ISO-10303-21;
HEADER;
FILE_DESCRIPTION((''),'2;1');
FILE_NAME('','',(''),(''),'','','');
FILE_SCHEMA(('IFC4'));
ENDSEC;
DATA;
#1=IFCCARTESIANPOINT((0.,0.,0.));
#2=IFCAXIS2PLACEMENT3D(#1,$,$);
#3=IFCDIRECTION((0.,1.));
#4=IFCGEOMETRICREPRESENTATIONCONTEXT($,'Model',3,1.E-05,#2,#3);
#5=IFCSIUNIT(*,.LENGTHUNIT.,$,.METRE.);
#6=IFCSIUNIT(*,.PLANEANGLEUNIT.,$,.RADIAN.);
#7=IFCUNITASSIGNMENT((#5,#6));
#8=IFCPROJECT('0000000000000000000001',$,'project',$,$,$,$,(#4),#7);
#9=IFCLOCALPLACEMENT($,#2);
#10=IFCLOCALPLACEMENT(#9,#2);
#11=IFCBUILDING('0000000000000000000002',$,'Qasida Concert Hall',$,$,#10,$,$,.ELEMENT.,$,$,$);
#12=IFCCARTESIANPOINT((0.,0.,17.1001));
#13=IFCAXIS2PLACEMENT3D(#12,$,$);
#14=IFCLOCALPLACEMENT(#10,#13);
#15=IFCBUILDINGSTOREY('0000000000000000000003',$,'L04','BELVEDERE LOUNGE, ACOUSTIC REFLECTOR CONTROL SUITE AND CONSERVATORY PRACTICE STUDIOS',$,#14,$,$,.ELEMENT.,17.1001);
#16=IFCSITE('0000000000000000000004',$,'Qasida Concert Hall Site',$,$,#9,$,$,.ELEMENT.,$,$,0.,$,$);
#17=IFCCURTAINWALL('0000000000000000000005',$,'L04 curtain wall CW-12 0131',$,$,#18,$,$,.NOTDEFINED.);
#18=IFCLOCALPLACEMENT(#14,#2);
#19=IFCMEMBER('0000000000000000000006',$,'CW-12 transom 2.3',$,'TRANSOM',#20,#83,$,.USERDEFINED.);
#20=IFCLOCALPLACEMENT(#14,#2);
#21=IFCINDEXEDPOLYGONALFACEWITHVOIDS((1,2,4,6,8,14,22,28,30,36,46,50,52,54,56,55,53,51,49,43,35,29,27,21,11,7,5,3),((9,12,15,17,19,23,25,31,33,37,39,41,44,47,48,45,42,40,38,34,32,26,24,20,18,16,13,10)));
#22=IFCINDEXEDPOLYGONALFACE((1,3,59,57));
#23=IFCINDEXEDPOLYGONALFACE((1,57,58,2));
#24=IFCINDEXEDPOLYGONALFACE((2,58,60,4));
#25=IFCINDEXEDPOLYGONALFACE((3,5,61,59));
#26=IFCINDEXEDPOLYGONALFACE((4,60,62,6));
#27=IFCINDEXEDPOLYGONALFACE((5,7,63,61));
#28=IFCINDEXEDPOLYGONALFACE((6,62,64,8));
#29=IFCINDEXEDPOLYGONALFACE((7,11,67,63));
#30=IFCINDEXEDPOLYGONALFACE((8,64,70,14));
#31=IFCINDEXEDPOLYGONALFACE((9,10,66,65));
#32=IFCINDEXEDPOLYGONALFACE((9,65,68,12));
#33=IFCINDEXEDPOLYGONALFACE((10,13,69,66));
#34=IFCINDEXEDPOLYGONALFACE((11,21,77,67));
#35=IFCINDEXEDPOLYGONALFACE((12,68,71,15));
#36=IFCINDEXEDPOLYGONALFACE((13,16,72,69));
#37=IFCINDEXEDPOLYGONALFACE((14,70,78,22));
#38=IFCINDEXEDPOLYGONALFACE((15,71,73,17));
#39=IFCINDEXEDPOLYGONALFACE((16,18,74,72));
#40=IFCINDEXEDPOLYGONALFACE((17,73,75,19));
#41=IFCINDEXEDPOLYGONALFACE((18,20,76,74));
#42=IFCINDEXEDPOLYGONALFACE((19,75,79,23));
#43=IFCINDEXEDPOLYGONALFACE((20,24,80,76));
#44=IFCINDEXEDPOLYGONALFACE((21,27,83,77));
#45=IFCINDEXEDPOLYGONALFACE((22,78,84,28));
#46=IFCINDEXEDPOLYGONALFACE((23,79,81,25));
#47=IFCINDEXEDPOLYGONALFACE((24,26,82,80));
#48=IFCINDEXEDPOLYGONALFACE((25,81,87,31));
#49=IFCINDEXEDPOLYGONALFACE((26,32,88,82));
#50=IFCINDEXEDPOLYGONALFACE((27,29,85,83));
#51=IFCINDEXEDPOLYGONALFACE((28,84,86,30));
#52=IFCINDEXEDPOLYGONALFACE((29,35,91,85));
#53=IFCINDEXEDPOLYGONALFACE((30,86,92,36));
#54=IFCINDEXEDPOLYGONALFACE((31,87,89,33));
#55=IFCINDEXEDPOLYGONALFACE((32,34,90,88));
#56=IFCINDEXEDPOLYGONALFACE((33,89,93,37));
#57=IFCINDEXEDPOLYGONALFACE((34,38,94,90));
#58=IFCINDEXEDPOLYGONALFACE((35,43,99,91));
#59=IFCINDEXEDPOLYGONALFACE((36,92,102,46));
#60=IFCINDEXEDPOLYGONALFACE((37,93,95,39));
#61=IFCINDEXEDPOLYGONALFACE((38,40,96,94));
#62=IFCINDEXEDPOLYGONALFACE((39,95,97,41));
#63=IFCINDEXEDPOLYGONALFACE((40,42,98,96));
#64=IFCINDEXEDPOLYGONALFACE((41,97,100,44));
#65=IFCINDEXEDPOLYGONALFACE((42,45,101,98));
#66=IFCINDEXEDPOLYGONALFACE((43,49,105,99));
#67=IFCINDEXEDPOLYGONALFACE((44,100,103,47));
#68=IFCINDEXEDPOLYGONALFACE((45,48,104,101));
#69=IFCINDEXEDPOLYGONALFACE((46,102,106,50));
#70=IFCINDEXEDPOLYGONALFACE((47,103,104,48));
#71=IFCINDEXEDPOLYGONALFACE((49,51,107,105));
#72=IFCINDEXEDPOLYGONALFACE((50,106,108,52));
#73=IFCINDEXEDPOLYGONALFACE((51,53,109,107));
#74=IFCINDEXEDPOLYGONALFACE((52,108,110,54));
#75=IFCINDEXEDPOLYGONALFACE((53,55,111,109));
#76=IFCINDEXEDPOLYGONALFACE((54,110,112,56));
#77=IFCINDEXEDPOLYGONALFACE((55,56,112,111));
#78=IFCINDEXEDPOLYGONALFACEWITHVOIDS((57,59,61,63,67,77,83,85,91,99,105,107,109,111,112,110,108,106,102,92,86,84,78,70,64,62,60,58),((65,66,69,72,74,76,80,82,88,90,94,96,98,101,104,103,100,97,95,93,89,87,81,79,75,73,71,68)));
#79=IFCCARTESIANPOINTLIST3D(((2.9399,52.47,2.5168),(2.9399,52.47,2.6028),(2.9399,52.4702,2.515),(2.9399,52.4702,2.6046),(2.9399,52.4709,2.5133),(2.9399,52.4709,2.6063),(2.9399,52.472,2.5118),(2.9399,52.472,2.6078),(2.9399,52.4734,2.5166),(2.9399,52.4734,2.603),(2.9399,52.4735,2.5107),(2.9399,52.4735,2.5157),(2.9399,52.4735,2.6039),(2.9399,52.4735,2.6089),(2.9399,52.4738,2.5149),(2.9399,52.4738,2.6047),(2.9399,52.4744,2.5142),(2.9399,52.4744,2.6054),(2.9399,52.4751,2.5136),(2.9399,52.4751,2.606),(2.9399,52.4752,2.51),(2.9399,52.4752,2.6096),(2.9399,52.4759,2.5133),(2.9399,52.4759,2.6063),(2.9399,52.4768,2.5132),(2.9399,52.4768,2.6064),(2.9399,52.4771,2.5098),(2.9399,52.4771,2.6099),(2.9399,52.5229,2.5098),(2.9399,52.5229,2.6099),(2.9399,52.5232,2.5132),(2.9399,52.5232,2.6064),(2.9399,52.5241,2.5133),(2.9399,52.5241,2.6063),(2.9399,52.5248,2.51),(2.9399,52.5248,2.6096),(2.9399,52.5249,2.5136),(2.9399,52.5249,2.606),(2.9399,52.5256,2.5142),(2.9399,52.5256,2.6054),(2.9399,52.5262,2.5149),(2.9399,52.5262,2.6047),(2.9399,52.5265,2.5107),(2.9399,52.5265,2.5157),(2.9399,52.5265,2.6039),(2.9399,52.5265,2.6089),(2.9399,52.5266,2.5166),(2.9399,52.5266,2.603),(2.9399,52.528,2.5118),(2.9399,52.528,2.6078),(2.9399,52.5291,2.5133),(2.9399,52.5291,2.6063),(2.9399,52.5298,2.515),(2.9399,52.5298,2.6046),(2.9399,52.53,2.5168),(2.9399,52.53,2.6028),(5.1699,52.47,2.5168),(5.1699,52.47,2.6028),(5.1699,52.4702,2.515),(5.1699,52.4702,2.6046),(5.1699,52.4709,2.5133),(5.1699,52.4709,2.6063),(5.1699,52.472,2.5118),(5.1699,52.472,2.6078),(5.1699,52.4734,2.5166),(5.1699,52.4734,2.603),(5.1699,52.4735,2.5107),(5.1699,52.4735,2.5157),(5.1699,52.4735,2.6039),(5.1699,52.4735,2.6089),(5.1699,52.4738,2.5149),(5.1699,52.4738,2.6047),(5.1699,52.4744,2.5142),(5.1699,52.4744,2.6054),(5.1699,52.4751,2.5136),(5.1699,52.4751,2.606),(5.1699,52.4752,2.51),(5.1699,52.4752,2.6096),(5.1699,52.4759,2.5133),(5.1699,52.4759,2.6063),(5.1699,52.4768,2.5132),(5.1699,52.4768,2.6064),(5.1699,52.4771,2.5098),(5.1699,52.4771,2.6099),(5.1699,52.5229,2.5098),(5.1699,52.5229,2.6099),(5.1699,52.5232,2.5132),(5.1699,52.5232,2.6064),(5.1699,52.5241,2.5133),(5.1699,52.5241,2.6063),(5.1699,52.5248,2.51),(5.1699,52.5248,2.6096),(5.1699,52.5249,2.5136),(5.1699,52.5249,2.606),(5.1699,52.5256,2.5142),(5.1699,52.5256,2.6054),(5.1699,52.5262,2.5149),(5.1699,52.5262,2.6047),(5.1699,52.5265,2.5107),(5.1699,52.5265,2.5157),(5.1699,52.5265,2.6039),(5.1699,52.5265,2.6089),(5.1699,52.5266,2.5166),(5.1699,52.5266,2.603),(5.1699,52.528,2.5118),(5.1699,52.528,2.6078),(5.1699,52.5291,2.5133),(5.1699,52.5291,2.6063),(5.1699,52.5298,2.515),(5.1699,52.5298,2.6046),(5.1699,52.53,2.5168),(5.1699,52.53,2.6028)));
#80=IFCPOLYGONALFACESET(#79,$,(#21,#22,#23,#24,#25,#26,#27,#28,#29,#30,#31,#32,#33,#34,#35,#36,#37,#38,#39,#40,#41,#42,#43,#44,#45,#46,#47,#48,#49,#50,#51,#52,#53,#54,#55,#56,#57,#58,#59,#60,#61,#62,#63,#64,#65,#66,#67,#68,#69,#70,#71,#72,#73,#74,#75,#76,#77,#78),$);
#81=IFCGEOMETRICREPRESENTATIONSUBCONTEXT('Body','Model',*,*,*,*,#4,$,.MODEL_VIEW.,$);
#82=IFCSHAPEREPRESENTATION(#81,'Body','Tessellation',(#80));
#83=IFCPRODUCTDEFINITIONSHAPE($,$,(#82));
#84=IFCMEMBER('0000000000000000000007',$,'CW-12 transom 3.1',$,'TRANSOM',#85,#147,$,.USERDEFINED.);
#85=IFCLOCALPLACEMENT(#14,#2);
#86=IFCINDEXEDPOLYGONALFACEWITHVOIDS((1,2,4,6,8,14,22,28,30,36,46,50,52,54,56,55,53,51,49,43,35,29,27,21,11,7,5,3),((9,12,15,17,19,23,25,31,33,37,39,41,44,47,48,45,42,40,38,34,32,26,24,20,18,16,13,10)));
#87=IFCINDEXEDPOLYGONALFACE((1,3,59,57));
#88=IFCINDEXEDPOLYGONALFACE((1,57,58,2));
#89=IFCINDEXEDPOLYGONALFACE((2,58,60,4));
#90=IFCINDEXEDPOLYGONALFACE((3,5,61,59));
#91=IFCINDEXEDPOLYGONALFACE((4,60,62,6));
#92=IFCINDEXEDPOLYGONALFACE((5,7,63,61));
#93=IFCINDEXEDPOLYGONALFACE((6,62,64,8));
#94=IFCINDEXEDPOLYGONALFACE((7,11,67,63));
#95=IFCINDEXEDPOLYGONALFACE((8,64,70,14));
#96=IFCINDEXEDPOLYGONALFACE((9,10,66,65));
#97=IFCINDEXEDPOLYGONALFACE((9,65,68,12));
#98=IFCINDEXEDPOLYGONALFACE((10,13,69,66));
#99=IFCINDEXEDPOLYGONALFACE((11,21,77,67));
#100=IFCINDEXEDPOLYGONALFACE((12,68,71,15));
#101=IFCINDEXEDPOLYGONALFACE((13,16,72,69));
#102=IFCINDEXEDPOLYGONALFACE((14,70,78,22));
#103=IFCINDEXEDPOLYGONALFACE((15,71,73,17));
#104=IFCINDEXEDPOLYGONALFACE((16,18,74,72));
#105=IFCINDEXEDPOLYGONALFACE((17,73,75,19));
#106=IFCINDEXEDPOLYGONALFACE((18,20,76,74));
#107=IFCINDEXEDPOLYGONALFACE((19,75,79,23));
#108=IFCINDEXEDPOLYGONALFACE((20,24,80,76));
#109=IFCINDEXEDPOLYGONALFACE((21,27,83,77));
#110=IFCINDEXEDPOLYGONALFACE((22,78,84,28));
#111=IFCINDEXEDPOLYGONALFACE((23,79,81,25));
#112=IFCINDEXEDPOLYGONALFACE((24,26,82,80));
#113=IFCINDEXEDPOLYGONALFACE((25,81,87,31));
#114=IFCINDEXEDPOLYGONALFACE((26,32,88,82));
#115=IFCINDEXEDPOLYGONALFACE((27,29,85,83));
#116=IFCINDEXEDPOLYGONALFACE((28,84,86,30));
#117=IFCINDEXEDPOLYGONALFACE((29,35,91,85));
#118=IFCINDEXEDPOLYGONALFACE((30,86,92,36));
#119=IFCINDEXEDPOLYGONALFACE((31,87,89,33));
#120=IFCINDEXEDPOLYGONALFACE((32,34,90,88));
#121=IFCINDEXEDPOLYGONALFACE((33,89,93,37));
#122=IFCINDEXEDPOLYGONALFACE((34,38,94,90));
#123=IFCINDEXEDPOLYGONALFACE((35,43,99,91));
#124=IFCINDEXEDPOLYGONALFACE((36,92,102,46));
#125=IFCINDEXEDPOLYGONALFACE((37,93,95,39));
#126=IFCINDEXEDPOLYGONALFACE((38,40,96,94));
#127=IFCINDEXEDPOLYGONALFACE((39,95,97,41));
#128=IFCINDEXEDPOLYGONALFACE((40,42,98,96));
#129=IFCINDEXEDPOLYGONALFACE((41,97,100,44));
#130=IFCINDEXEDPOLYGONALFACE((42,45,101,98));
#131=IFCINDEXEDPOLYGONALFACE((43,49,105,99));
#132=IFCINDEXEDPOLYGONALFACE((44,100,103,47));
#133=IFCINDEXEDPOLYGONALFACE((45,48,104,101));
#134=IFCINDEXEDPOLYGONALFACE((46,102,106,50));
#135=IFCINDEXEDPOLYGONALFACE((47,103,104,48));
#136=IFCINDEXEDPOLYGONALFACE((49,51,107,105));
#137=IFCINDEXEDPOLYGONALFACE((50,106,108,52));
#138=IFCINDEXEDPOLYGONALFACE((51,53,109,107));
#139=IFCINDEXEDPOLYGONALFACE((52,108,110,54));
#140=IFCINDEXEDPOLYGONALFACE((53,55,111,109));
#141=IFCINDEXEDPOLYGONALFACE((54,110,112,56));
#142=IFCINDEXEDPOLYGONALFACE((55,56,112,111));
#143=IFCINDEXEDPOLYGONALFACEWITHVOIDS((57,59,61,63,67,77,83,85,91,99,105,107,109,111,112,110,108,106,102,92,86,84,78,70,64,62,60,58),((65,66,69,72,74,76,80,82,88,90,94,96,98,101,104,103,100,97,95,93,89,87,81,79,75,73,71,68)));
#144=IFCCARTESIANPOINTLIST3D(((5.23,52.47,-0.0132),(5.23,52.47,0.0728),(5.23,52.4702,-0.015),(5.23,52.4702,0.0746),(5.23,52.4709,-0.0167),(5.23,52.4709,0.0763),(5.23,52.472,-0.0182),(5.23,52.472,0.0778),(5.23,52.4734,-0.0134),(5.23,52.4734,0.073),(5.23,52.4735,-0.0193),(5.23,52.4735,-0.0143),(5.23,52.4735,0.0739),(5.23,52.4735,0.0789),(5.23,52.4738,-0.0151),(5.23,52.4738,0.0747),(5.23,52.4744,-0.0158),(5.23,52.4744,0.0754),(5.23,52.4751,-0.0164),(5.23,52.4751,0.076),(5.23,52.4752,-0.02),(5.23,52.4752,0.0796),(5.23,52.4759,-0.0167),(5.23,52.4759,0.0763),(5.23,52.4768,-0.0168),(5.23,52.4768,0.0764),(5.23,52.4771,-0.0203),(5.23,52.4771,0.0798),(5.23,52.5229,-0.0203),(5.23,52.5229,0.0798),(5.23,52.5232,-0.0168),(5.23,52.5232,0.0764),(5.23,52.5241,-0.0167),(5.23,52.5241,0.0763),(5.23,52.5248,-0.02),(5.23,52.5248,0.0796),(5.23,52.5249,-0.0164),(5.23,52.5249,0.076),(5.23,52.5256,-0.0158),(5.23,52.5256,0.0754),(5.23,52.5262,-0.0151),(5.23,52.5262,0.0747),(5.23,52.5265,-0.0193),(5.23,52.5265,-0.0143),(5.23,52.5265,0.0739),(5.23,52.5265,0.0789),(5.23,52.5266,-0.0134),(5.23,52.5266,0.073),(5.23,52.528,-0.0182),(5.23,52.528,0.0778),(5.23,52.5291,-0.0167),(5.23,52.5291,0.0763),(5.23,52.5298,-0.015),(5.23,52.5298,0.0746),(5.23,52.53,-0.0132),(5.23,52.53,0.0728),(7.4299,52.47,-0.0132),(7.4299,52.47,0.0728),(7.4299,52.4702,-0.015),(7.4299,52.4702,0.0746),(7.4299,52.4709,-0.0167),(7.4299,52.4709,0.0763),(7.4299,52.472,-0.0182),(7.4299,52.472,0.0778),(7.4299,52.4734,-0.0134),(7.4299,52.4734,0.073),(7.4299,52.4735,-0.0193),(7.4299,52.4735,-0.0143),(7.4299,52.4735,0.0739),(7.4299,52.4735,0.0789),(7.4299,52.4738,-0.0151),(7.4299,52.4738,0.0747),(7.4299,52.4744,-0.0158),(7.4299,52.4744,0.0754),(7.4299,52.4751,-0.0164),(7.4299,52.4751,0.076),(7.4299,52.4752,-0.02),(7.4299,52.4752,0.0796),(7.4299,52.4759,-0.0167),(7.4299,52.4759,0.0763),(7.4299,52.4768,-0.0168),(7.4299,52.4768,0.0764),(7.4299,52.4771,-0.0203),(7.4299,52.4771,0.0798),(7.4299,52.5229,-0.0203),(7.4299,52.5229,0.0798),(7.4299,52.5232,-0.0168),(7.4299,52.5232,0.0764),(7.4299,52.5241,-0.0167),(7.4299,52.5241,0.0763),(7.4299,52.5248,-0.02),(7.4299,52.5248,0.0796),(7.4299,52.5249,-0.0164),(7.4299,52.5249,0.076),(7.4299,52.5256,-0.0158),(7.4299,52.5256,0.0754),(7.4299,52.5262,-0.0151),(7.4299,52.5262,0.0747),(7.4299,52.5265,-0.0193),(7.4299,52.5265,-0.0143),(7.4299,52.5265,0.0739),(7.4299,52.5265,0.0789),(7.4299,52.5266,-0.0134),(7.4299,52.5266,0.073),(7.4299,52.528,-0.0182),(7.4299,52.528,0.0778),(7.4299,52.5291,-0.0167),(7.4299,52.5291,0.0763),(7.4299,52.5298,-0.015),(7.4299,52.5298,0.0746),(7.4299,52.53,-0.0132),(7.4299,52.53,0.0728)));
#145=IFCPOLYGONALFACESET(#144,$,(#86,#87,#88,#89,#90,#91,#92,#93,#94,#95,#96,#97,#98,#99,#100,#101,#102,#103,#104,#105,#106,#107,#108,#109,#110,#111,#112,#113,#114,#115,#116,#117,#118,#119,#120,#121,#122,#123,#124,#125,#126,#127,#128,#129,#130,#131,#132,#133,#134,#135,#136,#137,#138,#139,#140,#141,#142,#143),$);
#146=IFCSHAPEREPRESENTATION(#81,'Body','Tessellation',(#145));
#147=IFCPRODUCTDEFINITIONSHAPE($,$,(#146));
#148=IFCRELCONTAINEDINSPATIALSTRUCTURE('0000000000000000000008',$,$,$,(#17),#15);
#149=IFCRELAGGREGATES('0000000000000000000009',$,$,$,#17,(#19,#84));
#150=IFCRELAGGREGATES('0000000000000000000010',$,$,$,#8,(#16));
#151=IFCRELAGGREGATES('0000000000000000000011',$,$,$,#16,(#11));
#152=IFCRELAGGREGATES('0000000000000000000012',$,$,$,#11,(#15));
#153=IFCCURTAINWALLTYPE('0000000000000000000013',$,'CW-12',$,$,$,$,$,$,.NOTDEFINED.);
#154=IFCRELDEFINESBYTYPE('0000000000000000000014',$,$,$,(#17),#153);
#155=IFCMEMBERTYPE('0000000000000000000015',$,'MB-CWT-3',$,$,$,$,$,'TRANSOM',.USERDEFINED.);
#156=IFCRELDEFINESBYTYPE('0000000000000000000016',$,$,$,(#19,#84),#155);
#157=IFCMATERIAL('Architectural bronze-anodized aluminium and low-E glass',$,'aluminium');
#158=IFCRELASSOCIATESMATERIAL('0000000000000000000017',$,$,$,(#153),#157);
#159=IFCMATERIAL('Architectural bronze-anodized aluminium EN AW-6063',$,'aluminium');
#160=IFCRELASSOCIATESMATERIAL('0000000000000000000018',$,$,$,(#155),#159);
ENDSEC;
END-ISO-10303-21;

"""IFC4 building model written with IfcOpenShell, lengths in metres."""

from ifc_helpers import new_model, si_unit, direction, frame, origin, origin_2d, place, context, subcontext, project, spatial, hollow_rectangle, extrude, material, material_profile, profile_set, type_object, element, aggregate, save


model = new_model("IFC4")

# Units and contexts
model_context = context("Model", 3, precision=1e-05, world=origin(), true_north=direction((0.0, 1.0)))
body_context = subcontext(model_context, "Body", "Model", "MODEL_VIEW")
ifc_project = project(units=[si_unit("LENGTHUNIT", "METRE"), si_unit("PLANEANGLEUNIT", "RADIAN")], contexts=[model_context])

# Site, building, storey
site_placement = place(None, origin())
site = spatial("IfcSite", under=ifc_project, at=site_placement, Name="Qasida Concert Hall Site", CompositionType="ELEMENT", RefElevation=0.0)
building_placement = place(site_placement, origin())
building = spatial("IfcBuilding", under=site, at=building_placement, Name="Qasida Concert Hall", CompositionType="ELEMENT")
storey_placement = place(building_placement, frame((0.0, 0.0, 17.1001)))
storey = spatial("IfcBuildingStorey", under=building, at=storey_placement, Name="L04", Description="BELVEDERE LOUNGE, ACOUSTIC REFLECTOR CONTROL SUITE AND CONSERVATORY PRACTICE STUDIOS", CompositionType="ELEMENT", Elevation=17.1001)

# Curtain wall, members
ifc_material_1 = material(Name="Architectural bronze-anodized aluminium and low-E glass", Category="aluminium")
curtain_wall_type = type_object("IfcCurtainWallType", Name="CW-12", PredefinedType="NOTDEFINED", material=ifc_material_1)
curtain_wall_placement = place(storey_placement, origin())
curtain_wall = element("IfcCurtainWall", 1, at=curtain_wall_placement, inside=storey, type_object=curtain_wall_type, Name="L04 curtain wall CW-12 0131", PredefinedType="NOTDEFINED")
ifc_material_2 = material(Name="Architectural bronze-anodized aluminium EN AW-6063", Category="aluminium")
ifc_material_profile_1 = material_profile(ifc_material_2, hollow_rectangle(XDim=0.0601, YDim=0.1001, WallThickness=0.0034, InnerFilletRadius=0.0034, OuterFilletRadius=0.0071, at=origin_2d()), Name="CWT 100x60x3.5")
ifc_profile_set_1 = profile_set([ifc_material_profile_1], Name="Architectural bronze-anodized aluminium EN AW-6063")
member_type_1 = type_object("IfcMemberType", Name="MB-CWT-3", ElementType="TRANSOM", PredefinedType="USERDEFINED", material=ifc_profile_set_1)
member_1_placement = place(storey_placement, frame((2.9399, 52.5, 2.5598), z_axis=(1.0, 0.0, 0.0), x_axis=(0.0, 1.0, 0.0)))
member_1 = element("IfcMember", 2, at=member_1_placement, type_object=member_type_1, Name="CW-12 transom 2.3", ObjectType="TRANSOM", PredefinedType="USERDEFINED", context=body_context, shape_type="SweptSolid", body=[
    extrude(hollow_rectangle(XDim=0.0601, YDim=0.1001, WallThickness=0.0034, InnerFilletRadius=0.0034, OuterFilletRadius=0.0071, at=origin_2d()), origin(), (0.0, 0.0, 1.0), 2.23),
])
member_2_placement = place(storey_placement, frame((5.23, 52.5, 0.0298), z_axis=(1.0, 0.0, 0.0), x_axis=(0.0, 1.0, 0.0)))
member_2 = element("IfcMember", 3, at=member_2_placement, type_object=member_type_1, Name="CW-12 transom 3.1", ObjectType="TRANSOM", PredefinedType="USERDEFINED", context=body_context, shape_type="SweptSolid", body=[
    extrude(hollow_rectangle(XDim=0.0601, YDim=0.1001, WallThickness=0.0034, InnerFilletRadius=0.0034, OuterFilletRadius=0.0071, at=origin_2d()), origin(), (0.0, 0.0, 1.0), 2.2),
])
aggregate(curtain_wall, [member_1, member_2])

save(model, "model.ifc")
